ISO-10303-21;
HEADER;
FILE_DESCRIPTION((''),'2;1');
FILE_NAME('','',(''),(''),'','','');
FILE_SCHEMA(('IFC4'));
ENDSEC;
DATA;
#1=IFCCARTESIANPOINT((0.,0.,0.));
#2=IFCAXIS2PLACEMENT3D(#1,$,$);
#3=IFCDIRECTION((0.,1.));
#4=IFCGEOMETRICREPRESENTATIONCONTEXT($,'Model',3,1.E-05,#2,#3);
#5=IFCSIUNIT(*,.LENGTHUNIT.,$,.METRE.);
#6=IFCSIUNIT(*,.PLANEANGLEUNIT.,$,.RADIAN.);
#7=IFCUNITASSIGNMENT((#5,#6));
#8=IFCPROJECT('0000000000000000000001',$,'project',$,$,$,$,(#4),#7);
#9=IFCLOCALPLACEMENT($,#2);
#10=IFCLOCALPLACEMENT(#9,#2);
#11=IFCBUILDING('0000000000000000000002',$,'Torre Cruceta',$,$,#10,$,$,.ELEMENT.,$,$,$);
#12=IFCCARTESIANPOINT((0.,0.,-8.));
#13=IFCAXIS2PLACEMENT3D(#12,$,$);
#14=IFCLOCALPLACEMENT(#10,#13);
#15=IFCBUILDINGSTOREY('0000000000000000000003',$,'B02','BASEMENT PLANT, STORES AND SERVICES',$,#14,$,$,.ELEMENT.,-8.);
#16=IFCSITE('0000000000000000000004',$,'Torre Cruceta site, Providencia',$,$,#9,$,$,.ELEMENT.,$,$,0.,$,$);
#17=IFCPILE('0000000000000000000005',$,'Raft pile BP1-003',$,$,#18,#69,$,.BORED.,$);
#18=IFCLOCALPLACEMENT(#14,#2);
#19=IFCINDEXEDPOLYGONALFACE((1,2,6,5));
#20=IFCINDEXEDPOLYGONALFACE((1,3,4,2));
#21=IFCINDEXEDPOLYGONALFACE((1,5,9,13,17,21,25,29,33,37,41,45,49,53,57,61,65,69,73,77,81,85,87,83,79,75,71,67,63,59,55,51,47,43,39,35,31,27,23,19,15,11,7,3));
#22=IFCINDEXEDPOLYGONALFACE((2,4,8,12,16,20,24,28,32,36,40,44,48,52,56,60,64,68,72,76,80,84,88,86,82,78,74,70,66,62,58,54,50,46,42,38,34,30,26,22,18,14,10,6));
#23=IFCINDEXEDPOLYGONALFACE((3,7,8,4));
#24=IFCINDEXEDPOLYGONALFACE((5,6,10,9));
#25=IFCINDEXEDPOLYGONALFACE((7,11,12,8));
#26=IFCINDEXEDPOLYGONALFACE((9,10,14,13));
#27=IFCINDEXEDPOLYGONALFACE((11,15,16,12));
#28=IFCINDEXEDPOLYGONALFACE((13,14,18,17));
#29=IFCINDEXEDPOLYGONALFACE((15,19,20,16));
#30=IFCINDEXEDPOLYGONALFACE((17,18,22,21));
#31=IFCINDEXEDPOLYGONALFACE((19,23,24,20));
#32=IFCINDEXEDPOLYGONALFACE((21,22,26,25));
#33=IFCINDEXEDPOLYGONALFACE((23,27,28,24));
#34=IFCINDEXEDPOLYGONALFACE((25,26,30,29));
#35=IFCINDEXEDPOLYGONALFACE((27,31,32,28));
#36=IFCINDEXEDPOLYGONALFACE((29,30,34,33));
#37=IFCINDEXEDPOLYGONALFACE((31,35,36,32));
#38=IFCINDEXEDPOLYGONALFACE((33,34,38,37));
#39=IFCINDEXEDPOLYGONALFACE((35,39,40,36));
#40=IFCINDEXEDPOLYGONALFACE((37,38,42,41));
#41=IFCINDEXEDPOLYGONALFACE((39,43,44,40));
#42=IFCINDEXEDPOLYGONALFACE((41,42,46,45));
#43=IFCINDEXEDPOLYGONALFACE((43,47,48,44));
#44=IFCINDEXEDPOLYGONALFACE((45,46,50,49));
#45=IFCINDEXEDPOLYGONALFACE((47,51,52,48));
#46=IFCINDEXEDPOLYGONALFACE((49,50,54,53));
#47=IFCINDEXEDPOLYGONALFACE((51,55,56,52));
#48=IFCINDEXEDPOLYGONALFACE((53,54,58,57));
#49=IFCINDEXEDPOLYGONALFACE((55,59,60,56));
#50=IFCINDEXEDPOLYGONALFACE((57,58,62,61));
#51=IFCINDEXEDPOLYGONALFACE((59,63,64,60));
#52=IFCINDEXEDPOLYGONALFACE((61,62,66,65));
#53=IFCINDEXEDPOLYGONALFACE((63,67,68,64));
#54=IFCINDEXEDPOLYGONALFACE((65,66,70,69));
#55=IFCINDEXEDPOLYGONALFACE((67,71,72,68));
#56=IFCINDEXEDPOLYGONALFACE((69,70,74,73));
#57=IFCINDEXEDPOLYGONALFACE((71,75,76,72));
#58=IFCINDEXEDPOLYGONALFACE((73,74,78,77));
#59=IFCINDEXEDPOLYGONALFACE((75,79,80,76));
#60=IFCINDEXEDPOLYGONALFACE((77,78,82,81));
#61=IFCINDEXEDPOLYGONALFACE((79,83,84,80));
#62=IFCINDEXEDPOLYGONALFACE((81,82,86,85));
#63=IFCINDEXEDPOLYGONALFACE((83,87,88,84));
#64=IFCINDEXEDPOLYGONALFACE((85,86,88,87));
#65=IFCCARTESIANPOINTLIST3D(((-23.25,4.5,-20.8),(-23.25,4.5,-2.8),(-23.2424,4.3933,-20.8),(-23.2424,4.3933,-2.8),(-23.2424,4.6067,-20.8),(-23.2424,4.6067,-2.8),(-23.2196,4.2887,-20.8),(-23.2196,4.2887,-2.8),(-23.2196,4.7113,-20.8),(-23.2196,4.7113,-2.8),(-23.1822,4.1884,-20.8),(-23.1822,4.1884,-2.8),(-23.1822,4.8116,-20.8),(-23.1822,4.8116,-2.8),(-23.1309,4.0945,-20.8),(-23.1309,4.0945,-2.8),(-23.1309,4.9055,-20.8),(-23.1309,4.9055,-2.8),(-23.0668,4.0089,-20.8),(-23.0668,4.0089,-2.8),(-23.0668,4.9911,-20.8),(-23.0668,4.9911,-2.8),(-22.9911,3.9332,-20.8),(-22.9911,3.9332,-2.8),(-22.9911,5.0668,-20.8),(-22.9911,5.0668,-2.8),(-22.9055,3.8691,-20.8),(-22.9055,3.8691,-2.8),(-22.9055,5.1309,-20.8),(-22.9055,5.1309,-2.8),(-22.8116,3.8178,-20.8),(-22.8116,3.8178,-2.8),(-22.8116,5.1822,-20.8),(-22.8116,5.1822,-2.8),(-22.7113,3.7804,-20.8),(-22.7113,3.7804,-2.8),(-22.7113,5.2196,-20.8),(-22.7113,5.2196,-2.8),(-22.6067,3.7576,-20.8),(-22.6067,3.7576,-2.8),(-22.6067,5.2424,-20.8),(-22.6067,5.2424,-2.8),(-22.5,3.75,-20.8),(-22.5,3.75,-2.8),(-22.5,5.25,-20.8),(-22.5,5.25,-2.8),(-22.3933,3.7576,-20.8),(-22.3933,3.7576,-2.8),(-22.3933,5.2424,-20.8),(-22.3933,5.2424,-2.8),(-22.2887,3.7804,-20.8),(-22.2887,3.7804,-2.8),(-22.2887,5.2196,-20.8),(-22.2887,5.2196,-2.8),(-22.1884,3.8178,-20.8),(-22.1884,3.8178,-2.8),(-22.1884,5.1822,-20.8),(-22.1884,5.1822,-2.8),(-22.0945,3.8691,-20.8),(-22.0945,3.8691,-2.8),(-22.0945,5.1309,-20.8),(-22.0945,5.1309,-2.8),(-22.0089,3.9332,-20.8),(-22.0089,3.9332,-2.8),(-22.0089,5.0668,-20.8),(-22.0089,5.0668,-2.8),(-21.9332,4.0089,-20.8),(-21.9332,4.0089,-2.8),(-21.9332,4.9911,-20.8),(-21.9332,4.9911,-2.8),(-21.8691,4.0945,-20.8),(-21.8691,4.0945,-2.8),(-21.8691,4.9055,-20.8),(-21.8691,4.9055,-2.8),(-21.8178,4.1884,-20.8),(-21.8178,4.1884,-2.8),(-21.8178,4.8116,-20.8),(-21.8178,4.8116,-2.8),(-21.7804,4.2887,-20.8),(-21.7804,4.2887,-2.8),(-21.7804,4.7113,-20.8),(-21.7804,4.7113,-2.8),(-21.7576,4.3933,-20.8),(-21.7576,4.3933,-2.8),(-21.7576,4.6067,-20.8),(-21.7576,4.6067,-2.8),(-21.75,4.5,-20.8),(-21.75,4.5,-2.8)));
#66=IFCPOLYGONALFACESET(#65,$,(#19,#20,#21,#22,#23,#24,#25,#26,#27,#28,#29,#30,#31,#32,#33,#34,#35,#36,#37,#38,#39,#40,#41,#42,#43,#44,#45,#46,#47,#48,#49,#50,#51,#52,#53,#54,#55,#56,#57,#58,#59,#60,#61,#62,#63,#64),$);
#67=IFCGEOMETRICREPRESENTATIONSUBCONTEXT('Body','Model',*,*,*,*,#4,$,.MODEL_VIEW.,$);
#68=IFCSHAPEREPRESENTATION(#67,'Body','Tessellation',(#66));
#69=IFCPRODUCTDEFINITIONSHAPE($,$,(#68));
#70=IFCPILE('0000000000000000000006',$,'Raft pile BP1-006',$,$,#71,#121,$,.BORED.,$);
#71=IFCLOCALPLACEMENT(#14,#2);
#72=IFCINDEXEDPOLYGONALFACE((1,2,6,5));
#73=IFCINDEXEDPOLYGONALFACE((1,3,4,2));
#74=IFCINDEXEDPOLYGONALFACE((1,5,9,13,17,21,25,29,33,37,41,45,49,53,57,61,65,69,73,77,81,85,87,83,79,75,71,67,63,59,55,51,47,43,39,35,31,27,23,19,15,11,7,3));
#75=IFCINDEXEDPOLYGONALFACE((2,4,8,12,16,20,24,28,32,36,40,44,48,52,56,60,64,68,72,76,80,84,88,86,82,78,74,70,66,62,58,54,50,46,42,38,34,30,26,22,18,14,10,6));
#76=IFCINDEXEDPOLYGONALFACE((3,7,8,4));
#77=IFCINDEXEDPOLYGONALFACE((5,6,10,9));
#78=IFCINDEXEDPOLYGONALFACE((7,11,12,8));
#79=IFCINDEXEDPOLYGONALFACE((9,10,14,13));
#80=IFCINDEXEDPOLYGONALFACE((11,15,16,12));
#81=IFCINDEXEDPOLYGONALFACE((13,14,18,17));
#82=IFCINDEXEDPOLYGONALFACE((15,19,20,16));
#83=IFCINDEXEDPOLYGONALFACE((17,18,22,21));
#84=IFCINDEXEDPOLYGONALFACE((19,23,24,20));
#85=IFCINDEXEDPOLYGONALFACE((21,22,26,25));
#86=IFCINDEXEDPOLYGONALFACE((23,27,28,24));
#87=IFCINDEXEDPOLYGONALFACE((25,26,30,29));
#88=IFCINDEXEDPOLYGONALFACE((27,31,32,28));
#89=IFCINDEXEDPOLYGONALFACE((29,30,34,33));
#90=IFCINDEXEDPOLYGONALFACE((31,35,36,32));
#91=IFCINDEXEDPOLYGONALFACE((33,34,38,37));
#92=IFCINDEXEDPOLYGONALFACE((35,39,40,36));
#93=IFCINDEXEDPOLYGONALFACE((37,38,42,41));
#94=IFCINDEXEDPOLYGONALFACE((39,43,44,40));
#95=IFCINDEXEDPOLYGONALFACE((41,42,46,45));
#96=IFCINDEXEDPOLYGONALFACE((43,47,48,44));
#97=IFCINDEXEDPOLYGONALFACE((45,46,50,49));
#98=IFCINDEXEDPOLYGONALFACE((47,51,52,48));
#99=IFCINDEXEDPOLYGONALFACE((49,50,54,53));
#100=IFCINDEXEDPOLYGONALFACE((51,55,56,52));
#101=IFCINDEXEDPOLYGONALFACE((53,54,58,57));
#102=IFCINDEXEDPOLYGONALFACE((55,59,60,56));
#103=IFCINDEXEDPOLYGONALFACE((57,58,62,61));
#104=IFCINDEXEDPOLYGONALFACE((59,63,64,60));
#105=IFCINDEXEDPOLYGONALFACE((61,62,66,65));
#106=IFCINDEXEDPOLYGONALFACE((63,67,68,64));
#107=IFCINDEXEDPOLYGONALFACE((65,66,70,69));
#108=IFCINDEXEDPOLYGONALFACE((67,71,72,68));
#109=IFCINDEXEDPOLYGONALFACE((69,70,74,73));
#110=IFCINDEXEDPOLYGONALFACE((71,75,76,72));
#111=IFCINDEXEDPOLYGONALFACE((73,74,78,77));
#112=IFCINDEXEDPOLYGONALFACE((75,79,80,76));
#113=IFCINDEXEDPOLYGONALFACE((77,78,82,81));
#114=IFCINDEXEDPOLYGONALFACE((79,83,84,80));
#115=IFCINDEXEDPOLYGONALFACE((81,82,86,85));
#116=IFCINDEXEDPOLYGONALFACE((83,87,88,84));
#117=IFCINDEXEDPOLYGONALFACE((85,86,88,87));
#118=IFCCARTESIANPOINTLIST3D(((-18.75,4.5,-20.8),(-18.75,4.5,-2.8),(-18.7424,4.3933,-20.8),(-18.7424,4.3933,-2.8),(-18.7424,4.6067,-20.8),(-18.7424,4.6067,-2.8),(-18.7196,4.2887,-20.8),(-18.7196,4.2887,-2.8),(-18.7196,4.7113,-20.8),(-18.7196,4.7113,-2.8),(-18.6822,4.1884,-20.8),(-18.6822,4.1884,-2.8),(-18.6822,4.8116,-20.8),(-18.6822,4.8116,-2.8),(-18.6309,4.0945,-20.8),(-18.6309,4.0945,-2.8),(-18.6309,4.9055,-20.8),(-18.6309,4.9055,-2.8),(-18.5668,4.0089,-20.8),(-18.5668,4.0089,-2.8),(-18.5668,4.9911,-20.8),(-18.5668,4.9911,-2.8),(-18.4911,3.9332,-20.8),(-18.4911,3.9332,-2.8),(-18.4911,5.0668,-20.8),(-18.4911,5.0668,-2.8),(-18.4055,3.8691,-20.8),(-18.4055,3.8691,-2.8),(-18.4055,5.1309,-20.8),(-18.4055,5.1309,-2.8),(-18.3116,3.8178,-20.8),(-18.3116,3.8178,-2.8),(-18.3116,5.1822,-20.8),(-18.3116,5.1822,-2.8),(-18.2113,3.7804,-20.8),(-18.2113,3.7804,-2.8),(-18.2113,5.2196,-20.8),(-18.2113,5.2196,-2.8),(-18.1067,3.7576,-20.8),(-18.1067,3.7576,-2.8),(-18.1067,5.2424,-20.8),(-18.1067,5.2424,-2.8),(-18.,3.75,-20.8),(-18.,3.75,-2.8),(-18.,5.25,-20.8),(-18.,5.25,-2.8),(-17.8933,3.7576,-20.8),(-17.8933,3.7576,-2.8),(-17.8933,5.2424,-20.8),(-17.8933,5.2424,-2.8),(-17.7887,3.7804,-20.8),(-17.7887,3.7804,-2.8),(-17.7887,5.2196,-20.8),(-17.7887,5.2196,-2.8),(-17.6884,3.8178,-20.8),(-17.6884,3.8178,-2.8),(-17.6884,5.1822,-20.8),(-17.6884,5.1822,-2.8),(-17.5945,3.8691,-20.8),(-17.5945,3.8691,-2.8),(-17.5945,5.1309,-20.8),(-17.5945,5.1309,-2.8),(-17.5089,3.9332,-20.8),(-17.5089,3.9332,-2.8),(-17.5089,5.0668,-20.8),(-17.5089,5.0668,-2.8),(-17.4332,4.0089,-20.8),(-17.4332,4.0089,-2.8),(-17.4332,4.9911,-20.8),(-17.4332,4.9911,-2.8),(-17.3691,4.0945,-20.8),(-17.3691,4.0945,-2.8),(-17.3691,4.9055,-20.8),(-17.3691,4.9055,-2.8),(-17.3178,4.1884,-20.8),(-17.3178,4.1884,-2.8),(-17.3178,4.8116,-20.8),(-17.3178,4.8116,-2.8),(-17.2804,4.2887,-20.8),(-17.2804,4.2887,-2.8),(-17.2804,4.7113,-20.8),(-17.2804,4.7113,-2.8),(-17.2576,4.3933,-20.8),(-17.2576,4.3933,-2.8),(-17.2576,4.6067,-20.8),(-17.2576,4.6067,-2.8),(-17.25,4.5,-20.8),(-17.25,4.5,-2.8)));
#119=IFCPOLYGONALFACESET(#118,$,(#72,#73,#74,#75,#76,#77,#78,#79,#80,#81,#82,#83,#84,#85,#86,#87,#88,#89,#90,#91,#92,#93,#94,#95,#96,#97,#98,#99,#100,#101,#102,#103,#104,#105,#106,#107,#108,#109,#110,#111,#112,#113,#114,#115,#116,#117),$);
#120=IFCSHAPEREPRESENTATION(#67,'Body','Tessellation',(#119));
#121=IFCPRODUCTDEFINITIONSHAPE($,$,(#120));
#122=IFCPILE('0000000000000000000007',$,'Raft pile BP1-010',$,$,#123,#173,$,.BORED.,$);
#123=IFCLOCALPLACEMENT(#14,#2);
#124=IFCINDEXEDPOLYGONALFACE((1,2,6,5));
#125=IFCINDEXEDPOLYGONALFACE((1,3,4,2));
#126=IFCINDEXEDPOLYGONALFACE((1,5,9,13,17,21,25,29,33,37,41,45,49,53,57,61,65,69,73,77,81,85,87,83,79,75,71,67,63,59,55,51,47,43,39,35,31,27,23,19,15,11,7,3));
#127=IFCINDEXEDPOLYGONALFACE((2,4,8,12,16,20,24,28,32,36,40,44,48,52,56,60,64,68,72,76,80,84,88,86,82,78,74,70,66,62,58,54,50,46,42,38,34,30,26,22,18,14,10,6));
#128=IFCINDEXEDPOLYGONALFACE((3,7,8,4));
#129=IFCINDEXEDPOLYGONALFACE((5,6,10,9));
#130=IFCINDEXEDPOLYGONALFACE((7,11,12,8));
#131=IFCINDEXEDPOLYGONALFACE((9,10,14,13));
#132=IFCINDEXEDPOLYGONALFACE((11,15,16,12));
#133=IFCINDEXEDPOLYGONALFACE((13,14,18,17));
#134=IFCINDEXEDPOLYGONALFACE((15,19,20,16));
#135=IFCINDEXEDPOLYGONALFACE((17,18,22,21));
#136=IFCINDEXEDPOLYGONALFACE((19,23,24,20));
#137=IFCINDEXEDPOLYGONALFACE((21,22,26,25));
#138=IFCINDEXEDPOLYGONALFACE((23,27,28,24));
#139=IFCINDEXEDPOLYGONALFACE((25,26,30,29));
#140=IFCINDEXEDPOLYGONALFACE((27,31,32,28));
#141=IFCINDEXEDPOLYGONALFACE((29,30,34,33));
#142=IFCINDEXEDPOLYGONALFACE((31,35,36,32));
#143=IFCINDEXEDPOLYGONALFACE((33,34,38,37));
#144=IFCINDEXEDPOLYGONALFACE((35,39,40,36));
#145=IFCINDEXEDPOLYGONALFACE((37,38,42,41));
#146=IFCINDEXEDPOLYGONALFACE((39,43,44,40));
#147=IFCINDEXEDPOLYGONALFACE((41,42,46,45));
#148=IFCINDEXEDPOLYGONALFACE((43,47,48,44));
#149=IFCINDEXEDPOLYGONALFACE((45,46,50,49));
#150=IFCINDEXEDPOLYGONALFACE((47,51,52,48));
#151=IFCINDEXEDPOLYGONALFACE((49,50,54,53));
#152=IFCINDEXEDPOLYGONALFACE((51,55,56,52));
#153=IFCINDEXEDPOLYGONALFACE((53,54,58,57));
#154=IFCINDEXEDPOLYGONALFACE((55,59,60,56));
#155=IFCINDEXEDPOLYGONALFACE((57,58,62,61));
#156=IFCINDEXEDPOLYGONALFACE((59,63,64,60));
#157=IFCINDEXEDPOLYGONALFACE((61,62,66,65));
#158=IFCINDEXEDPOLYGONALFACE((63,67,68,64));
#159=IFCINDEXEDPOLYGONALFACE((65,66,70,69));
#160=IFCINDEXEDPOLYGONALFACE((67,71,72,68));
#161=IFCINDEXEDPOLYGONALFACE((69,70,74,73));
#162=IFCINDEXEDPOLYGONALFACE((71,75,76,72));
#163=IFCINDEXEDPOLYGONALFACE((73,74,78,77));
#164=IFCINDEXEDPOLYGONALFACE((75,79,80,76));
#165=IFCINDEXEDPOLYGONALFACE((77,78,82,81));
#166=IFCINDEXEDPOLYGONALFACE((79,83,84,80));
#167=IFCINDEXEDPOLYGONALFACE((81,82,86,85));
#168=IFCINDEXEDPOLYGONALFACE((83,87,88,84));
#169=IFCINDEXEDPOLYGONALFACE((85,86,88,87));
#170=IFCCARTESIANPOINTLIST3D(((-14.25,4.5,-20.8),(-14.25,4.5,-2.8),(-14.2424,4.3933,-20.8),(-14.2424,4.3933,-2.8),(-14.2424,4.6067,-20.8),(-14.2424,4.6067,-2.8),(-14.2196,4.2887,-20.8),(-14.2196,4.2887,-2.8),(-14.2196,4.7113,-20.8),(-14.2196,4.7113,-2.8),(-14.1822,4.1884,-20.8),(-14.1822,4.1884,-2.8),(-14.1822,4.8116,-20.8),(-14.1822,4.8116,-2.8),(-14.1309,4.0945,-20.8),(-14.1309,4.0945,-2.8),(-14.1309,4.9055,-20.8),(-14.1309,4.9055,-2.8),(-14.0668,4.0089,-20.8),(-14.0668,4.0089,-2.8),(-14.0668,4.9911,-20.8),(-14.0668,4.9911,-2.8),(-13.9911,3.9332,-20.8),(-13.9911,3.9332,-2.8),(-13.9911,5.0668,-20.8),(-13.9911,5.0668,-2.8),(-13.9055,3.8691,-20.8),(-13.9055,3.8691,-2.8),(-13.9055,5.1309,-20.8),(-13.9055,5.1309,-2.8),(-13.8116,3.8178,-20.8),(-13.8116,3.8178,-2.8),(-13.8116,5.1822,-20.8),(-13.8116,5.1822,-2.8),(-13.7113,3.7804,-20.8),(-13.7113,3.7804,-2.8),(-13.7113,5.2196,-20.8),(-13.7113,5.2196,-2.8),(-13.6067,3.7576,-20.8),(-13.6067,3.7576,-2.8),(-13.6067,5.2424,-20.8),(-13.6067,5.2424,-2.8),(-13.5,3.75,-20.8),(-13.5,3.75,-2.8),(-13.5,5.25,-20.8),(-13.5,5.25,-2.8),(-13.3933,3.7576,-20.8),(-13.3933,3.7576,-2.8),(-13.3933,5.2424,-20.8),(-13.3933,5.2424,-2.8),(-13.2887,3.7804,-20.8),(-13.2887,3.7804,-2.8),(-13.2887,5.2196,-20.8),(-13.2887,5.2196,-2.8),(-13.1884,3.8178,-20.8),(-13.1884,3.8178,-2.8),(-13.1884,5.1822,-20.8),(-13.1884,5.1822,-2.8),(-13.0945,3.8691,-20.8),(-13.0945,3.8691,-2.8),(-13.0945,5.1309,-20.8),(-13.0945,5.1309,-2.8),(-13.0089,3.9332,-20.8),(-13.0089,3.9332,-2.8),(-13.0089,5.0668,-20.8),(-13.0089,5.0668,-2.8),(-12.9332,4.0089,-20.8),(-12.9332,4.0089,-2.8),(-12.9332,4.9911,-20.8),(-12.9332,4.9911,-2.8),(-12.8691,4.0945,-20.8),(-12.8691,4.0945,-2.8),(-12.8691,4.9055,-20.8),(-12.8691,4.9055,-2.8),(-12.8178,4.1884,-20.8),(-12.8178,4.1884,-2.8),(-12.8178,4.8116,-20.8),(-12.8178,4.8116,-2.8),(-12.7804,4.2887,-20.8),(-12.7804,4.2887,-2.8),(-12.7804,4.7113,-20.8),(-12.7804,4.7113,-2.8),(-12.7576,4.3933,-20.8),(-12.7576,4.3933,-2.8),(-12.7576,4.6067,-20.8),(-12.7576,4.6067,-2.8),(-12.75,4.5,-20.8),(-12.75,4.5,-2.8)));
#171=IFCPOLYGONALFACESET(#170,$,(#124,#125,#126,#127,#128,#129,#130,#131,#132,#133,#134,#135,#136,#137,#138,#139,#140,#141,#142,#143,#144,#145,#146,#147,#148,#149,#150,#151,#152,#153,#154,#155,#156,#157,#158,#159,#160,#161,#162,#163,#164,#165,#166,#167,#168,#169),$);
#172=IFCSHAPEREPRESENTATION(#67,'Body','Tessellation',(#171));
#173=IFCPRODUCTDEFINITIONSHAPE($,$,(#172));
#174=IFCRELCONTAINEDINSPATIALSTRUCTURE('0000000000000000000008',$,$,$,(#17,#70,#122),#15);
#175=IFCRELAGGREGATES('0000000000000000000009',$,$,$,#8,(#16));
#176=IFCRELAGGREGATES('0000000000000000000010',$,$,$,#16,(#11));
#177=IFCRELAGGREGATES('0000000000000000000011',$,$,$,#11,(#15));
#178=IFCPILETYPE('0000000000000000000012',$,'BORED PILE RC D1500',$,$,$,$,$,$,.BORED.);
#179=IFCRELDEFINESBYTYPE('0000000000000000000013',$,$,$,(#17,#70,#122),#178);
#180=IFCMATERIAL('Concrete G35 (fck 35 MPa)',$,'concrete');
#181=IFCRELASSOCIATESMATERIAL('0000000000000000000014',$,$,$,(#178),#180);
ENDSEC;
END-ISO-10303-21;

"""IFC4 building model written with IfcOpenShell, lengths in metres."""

from ifc_helpers import new_model, si_unit, direction, frame, origin, origin_2d, place, context, subcontext, project, spatial, circle, extrude, material, material_profile, profile_set, type_object, element, save


model = new_model("IFC4")

# Units and contexts
model_context = context("Model", 3, precision=1e-05, world=origin(), true_north=direction((0.0, 1.0)))
body_context = subcontext(model_context, "Body", "Model", "MODEL_VIEW")
ifc_project = project(units=[si_unit("LENGTHUNIT", "METRE"), si_unit("PLANEANGLEUNIT", "RADIAN")], contexts=[model_context])

# Site, building, storey
site_placement = place(None, origin())
site = spatial("IfcSite", under=ifc_project, at=site_placement, Name="Torre Cruceta site, Providencia", CompositionType="ELEMENT", RefElevation=0.0)
building_placement = place(site_placement, origin())
building = spatial("IfcBuilding", under=site, at=building_placement, Name="Torre Cruceta", CompositionType="ELEMENT")
storey_placement = place(building_placement, frame((0.0, 0.0, -8.0)))
storey = spatial("IfcBuildingStorey", under=building, at=storey_placement, Name="B02", Description="BASEMENT PLANT, STORES AND SERVICES", CompositionType="ELEMENT", Elevation=-8.0)

# Piles
ifc_material_1 = material(Name="Concrete G35 (fck 35 MPa)", Category="concrete")
ifc_material_profile_1 = material_profile(ifc_material_1, circle(Radius=0.75, at=origin_2d()), Name="RC D1500")
ifc_profile_set_1 = profile_set([ifc_material_profile_1], Name="Concrete G35 (fck 35 MPa)")
pile_type_1 = type_object("IfcPileType", Name="BORED PILE RC D1500", PredefinedType="BORED", material=ifc_profile_set_1)
for number, where, z_axis, x_axis, name in (
    (1, (-22.5, 4.5, -2.8), (0.0, 0.0, -1.0), (1.0, 0.0, 0.0), "Raft pile BP1-003"),
    (2, (-18.0, 4.5, -2.8), (0.0, 0.0, -1.0), (1.0, 0.0, 0.0), "Raft pile BP1-006"),
    (3, (-13.5, 4.5, -2.8), (0.0, 0.0, -1.0), (1.0, 0.0, 0.0), "Raft pile BP1-010"),
):
    element("IfcPile", number, at=place(storey_placement, frame(where, z_axis=z_axis, x_axis=x_axis)), inside=storey, type_object=pile_type_1, Name=name, PredefinedType="BORED", context=body_context, shape_type="SweptSolid", body=[
        extrude(circle(Radius=0.75, at=origin_2d()), origin(), (0.0, 0.0, 1.0), 18.0),
    ])

save(model, "model.ifc")
